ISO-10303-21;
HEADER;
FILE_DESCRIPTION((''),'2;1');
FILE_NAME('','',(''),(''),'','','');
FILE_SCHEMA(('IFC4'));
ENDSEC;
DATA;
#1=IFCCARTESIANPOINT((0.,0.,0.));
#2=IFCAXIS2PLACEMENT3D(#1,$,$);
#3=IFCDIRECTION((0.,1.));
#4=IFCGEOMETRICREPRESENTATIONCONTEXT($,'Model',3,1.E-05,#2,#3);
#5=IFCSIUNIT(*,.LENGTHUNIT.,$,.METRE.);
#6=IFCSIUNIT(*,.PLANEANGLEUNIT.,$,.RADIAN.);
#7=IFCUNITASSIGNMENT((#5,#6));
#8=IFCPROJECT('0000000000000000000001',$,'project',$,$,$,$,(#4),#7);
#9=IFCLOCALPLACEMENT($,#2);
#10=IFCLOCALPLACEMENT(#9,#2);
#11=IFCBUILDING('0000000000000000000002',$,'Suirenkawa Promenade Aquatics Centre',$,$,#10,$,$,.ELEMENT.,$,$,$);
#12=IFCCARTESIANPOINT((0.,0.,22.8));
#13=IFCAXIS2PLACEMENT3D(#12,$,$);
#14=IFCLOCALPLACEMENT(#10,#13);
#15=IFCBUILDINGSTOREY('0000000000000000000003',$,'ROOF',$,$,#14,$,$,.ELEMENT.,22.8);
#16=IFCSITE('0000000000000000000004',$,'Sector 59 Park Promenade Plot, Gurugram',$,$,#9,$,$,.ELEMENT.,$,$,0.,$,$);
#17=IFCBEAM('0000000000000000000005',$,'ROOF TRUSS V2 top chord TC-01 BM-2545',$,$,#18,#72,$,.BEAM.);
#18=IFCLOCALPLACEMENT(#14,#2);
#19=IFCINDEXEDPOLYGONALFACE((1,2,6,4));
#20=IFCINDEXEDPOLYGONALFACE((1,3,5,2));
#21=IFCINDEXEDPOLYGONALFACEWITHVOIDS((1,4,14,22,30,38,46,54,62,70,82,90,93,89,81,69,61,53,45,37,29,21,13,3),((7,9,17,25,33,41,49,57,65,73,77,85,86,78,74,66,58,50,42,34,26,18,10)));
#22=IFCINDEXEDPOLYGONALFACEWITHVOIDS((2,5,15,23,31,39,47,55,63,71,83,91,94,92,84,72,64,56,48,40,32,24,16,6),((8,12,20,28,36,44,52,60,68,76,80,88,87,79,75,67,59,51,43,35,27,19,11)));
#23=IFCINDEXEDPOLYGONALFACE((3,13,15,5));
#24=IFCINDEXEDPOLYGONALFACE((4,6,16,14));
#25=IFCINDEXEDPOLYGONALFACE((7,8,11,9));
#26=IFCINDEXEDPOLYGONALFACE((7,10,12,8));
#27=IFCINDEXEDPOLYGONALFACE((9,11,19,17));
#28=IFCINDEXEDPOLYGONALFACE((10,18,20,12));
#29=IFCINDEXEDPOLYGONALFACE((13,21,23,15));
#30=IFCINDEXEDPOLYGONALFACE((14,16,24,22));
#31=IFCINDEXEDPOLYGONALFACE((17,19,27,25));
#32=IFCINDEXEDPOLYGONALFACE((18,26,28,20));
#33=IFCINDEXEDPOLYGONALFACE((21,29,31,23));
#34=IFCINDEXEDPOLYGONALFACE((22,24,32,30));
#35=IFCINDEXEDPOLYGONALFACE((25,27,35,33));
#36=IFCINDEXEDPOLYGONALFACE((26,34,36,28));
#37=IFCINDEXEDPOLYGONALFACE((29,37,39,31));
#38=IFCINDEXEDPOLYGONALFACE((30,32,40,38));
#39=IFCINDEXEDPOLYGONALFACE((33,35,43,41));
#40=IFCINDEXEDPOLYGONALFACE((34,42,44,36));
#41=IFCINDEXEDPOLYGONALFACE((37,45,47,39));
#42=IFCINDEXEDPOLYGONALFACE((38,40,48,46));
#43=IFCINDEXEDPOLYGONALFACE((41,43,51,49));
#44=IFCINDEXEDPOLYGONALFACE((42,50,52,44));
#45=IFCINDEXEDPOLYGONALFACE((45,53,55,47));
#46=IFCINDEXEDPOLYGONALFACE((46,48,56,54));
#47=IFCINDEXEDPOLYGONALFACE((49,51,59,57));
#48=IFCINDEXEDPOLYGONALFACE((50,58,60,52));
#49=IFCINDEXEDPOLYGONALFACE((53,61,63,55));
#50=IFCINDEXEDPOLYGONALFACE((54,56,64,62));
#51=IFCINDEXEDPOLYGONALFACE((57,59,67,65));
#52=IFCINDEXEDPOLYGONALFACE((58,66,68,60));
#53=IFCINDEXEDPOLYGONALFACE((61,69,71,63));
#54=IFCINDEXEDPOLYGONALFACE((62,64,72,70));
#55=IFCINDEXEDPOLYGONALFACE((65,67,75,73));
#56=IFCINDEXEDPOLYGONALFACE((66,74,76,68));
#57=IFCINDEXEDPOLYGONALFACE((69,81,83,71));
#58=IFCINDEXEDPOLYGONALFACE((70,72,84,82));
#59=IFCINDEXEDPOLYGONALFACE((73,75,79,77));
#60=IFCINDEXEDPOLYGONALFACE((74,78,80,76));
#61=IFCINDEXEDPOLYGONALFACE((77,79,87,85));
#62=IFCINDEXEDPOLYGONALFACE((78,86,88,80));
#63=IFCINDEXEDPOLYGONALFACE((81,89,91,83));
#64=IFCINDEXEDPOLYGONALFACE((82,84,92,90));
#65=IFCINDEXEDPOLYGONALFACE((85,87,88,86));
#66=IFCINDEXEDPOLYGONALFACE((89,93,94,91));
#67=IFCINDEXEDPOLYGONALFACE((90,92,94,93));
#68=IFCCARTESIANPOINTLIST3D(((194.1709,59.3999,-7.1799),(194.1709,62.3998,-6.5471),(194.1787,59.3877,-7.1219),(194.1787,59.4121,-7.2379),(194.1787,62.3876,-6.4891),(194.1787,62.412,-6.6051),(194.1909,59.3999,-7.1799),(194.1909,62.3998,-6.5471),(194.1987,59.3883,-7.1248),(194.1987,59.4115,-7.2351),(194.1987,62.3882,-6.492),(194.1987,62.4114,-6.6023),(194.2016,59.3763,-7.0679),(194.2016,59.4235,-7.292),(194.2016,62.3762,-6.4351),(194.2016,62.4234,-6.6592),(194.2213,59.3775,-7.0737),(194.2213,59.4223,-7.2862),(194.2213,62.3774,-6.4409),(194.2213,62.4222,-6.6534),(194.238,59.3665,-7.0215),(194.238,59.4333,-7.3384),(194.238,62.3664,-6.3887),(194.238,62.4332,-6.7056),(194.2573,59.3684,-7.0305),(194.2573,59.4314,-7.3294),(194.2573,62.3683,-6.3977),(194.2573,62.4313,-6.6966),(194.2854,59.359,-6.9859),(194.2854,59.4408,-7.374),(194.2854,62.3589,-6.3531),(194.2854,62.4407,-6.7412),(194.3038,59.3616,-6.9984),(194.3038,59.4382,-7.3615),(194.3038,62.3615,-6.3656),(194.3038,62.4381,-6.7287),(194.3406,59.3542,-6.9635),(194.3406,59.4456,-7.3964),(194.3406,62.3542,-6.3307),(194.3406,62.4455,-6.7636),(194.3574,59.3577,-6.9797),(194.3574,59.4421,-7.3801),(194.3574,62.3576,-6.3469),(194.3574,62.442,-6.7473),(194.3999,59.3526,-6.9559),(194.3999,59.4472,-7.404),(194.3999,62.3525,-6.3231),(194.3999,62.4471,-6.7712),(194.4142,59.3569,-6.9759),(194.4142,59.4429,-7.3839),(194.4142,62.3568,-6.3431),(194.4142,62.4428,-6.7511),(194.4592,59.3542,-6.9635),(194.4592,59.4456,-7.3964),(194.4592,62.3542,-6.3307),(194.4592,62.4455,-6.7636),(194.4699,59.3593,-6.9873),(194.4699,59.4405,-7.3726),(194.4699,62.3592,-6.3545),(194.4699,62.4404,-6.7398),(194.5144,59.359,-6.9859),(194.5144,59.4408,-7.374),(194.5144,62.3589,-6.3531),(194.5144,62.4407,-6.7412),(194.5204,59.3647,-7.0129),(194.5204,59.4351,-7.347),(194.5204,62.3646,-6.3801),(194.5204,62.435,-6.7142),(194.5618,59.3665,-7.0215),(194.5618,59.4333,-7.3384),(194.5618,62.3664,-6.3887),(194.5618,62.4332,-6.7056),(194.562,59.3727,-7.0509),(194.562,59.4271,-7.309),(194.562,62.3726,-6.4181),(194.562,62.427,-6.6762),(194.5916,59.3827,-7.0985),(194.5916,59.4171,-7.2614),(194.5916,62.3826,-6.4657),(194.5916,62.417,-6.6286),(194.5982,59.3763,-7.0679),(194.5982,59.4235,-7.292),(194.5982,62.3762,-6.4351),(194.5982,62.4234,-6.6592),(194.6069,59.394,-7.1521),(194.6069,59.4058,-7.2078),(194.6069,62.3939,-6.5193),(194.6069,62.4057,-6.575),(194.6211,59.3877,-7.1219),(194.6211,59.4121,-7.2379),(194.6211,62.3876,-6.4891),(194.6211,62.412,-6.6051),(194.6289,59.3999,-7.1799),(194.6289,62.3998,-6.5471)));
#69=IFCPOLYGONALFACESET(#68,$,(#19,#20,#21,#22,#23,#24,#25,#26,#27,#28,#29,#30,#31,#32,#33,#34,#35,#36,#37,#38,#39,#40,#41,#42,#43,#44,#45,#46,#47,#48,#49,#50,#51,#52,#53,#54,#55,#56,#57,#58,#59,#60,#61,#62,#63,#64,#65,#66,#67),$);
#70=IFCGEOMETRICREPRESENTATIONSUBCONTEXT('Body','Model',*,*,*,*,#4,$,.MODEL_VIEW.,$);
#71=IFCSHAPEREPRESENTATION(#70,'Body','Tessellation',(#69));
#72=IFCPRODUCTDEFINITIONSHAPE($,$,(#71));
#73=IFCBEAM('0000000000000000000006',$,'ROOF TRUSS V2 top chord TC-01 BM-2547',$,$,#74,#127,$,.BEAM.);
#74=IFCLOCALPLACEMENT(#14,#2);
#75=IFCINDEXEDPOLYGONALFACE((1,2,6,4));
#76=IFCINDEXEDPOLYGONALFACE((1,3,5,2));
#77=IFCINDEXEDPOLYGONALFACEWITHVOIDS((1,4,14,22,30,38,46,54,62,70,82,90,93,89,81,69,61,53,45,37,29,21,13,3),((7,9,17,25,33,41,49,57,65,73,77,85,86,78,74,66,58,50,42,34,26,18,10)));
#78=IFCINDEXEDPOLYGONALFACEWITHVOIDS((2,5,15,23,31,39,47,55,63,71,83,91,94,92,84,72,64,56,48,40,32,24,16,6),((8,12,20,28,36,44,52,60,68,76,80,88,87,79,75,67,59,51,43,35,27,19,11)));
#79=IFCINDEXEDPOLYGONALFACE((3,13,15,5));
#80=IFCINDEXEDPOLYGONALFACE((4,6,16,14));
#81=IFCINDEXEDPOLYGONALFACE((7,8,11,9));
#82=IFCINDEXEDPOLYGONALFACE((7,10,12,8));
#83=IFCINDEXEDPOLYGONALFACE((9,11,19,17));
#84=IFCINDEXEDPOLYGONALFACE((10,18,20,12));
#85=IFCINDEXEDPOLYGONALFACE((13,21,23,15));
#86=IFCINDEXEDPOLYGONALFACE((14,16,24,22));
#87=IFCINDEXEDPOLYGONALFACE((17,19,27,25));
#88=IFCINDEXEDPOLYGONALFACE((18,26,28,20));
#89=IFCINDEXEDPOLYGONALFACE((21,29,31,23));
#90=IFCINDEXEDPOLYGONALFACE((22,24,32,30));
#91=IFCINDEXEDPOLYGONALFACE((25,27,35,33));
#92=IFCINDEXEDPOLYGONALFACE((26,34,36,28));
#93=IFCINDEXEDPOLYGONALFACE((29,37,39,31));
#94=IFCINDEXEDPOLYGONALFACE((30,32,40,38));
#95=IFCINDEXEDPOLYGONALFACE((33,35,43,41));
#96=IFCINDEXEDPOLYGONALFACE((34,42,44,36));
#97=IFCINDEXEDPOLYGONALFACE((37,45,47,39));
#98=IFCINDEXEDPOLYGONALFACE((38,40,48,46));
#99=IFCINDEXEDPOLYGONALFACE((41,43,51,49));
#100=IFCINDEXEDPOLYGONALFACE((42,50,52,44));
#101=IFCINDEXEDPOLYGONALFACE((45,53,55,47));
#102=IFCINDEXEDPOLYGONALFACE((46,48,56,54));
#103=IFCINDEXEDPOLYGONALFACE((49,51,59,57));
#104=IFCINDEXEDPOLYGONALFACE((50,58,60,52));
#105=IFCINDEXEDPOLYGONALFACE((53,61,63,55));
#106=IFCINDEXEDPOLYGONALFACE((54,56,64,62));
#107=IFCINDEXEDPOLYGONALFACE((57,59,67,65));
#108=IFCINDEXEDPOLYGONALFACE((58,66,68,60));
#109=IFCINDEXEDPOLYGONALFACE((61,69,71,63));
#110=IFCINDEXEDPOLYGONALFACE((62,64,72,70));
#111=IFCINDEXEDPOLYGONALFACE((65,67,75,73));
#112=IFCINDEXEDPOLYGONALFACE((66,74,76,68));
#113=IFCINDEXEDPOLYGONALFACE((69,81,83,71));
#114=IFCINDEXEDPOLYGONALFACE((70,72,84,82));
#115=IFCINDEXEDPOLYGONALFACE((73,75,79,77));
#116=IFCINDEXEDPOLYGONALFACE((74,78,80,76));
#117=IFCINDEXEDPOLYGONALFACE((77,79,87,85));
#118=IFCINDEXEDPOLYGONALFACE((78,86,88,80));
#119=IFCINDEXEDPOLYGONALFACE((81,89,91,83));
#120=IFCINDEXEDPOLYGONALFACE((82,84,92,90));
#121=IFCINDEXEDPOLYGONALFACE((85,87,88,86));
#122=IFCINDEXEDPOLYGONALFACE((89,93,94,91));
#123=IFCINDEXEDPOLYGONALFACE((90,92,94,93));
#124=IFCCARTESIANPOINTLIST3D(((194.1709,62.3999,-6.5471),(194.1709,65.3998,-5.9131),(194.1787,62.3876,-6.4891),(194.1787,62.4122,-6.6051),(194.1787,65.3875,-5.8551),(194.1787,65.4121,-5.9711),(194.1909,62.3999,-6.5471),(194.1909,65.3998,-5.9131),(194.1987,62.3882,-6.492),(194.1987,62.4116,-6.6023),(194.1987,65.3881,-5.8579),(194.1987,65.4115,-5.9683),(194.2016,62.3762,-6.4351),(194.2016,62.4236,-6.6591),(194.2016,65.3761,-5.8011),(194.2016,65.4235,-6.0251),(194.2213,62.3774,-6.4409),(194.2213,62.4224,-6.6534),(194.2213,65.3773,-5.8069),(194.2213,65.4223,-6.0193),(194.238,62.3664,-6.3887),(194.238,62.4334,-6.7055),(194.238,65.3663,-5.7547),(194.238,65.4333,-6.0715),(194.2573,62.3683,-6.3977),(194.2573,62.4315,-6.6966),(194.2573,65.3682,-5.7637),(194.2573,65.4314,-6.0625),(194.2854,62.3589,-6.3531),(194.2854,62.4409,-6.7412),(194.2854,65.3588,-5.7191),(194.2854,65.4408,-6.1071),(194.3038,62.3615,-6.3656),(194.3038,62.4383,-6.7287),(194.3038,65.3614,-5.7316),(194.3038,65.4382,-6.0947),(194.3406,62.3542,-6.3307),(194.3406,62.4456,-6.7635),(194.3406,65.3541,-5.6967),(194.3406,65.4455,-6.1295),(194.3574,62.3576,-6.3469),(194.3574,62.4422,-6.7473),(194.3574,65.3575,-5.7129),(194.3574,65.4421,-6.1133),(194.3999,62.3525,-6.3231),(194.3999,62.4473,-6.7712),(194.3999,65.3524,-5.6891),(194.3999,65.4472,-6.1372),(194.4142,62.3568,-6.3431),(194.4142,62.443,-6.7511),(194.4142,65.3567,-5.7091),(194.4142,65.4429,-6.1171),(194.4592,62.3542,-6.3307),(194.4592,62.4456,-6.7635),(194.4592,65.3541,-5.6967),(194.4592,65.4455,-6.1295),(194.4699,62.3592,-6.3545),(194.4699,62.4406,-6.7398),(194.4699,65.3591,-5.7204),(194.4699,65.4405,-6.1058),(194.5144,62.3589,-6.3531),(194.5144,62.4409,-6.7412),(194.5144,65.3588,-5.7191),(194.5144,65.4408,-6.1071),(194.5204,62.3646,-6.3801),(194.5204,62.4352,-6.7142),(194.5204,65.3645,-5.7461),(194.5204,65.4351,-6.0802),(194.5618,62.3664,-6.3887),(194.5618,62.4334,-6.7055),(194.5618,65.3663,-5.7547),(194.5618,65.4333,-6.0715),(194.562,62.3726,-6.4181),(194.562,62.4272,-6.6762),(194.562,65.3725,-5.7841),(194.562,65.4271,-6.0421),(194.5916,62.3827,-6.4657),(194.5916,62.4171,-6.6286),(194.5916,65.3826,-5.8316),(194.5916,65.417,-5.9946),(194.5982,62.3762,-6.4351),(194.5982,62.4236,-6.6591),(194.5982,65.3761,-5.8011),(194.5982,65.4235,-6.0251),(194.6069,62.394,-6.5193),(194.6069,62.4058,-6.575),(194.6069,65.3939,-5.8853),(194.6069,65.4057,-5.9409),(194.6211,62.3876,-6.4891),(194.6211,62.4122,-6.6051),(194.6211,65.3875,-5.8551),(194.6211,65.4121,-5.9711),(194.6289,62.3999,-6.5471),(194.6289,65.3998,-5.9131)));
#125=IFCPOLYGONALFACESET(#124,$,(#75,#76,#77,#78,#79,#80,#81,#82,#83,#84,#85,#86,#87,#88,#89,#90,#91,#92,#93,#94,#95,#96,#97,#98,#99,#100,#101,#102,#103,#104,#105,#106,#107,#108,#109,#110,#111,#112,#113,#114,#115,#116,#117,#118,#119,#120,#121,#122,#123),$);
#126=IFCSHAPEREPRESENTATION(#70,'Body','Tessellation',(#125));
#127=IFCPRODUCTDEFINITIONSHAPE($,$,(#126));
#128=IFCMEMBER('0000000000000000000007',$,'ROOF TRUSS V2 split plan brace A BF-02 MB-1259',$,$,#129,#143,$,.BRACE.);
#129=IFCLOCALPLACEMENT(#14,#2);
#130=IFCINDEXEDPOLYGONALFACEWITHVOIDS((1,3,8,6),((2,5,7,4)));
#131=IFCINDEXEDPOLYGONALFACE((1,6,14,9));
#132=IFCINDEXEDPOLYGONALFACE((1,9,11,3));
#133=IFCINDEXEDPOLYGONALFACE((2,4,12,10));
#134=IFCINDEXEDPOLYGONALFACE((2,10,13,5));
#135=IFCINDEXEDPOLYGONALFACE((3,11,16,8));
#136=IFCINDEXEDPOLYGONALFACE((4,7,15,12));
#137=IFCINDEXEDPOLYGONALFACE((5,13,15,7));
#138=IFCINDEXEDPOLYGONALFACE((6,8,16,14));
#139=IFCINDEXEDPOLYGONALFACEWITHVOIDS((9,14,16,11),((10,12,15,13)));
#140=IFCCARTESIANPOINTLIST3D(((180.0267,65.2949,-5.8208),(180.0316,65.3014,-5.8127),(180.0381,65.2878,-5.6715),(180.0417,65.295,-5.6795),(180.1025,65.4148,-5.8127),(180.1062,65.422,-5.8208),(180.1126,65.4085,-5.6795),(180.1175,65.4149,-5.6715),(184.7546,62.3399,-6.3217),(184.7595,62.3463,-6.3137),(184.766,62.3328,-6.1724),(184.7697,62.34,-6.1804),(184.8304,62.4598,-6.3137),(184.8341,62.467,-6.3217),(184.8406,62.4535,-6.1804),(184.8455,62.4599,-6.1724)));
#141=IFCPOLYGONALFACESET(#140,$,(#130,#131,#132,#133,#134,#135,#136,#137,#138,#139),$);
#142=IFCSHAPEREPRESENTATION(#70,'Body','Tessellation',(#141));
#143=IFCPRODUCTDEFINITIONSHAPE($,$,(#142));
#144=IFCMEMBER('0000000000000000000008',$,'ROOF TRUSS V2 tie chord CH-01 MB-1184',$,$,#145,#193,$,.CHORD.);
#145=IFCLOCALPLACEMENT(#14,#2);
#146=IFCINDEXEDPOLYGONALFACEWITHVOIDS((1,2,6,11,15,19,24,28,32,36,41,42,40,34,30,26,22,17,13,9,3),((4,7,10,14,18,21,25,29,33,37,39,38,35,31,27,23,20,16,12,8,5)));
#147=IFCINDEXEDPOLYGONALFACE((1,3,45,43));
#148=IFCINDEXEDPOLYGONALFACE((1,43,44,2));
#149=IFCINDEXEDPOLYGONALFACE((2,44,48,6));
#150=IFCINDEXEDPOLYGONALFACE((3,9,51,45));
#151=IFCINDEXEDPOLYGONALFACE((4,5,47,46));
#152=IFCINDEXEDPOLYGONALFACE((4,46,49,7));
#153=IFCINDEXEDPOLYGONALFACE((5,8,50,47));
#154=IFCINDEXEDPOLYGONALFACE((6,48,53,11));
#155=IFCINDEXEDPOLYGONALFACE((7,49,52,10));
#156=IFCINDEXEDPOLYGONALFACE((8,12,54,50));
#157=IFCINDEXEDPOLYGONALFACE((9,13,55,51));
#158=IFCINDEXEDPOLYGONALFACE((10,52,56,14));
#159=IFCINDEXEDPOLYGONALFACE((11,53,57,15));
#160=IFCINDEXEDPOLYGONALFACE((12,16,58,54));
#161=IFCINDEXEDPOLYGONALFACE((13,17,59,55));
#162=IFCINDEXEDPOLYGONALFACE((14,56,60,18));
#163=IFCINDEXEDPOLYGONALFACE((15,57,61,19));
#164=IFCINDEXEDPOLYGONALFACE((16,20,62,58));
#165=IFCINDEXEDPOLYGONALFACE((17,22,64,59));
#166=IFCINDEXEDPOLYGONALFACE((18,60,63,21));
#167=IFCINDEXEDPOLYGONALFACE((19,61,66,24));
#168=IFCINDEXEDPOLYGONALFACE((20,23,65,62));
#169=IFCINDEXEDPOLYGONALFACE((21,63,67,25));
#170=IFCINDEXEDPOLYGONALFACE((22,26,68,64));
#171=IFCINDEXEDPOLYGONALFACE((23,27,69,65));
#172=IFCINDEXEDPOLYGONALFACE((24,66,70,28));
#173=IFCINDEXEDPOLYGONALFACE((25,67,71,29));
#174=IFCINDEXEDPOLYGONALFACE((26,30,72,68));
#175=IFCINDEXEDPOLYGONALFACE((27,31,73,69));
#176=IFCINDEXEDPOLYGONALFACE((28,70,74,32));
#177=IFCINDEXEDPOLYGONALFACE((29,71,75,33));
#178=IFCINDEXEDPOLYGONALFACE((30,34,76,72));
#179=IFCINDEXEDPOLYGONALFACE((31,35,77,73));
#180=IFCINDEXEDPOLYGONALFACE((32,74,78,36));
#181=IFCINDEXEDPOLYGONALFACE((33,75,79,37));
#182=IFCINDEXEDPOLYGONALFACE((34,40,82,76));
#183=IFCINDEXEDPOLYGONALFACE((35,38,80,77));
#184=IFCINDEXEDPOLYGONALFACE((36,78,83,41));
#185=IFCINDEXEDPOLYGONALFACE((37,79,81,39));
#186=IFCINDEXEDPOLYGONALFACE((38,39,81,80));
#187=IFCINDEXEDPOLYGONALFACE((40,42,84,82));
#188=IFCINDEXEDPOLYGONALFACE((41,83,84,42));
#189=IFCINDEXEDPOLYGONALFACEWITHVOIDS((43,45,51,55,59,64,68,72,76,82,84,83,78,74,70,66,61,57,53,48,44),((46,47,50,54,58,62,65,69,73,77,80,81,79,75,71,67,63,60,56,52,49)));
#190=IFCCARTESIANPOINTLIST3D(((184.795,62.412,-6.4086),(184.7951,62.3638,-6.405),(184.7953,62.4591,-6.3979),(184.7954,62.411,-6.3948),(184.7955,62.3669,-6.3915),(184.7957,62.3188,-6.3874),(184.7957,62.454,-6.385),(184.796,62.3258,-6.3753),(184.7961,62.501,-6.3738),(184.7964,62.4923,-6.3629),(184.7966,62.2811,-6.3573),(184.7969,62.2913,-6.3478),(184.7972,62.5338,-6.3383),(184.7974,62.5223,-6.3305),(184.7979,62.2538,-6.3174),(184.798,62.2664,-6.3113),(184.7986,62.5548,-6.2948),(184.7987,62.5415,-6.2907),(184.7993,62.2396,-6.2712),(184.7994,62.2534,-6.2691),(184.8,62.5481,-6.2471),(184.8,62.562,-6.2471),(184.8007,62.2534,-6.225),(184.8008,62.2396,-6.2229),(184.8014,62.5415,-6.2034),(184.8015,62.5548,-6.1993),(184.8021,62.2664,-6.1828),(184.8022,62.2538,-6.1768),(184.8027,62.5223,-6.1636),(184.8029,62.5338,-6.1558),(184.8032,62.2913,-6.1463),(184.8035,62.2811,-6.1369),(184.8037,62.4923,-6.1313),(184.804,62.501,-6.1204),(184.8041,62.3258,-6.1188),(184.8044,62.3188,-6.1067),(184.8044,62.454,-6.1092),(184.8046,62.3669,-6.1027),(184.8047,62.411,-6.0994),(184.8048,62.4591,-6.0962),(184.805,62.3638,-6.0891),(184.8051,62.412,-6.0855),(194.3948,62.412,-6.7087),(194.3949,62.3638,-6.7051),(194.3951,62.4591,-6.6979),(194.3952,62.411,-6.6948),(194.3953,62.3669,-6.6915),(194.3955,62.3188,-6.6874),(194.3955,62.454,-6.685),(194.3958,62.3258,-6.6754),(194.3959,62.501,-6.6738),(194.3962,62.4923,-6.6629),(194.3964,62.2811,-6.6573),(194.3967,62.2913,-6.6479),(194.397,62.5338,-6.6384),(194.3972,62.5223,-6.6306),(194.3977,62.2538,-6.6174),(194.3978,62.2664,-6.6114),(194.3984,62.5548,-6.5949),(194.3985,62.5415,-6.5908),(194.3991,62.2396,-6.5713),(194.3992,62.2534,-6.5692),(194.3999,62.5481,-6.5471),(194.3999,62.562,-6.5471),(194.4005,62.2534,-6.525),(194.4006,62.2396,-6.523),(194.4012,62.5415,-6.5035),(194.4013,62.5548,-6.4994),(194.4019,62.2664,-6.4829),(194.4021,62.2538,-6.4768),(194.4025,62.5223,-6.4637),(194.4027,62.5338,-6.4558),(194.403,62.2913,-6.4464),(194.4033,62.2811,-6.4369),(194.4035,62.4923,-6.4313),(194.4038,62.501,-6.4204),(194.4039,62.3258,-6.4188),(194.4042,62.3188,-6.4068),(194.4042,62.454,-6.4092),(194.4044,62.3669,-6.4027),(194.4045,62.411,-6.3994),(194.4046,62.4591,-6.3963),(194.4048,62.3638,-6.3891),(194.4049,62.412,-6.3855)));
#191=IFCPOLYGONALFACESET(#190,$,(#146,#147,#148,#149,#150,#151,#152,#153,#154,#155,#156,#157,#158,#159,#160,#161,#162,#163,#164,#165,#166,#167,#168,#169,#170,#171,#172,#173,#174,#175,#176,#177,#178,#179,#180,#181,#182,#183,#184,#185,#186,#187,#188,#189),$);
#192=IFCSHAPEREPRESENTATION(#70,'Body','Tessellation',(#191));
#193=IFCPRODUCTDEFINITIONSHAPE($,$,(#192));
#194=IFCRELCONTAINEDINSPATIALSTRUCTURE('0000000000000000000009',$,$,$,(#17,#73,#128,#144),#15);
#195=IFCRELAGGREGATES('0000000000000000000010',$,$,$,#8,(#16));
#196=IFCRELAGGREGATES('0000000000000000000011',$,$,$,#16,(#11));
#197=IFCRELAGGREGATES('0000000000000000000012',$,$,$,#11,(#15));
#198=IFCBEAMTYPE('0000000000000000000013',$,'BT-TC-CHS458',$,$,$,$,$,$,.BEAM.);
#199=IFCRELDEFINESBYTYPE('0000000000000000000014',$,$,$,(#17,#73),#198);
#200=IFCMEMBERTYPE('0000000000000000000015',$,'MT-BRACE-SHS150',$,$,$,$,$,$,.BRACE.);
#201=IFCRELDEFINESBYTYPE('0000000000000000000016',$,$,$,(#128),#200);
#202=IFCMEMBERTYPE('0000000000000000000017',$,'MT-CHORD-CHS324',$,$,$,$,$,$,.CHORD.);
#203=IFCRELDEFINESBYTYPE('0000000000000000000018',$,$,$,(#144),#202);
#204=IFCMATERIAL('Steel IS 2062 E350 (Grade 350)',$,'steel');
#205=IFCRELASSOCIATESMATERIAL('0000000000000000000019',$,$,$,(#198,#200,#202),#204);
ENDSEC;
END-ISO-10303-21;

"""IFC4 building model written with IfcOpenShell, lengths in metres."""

from ifc_helpers import new_model, si_unit, direction, frame, origin, origin_2d, place, context, subcontext, project, spatial, hollow_rectangle, hollow_circle, extrude, material, material_profile, profile_set, type_object, element, save


model = new_model("IFC4")

# Units and contexts
model_context = context("Model", 3, precision=1e-05, world=origin(), true_north=direction((0.0, 1.0)))
body_context = subcontext(model_context, "Body", "Model", "MODEL_VIEW")
ifc_project = project(units=[si_unit("LENGTHUNIT", "METRE"), si_unit("PLANEANGLEUNIT", "RADIAN")], contexts=[model_context])

# Site, building, storey
site_placement = place(None, origin())
site = spatial("IfcSite", under=ifc_project, at=site_placement, Name="Sector 59 Park Promenade Plot, Gurugram", CompositionType="ELEMENT", RefElevation=0.0)
building_placement = place(site_placement, origin())
building = spatial("IfcBuilding", under=site, at=building_placement, Name="Suirenkawa Promenade Aquatics Centre", CompositionType="ELEMENT")
storey_placement = place(building_placement, frame((0.0, 0.0, 22.8)))
storey = spatial("IfcBuildingStorey", under=building, at=storey_placement, Name="ROOF", CompositionType="ELEMENT", Elevation=22.8)

# Beams
ifc_material = material(Name="Steel IS 2062 E350 (Grade 350)", Category="steel")
ifc_material_profile_1 = material_profile(ifc_material, hollow_circle(Radius=0.229, WallThickness=0.02, at=origin_2d()), Name="CHS 458x20", Category="steel")
ifc_profile_set_1 = profile_set([ifc_material_profile_1], Name="Steel IS 2062 E350 (Grade 350)")
beam_type_1 = type_object("IfcBeamType", Name="BT-TC-CHS458", PredefinedType="BEAM", material=ifc_profile_set_1)
beam_1_placement = place(storey_placement, frame((194.3999, 59.3999, -7.1799), z_axis=(0.0, 0.978469, 0.206396), x_axis=(-1.0, 0.0, 0.0)))
element("IfcBeam", 1, at=beam_1_placement, inside=storey, type_object=beam_type_1, Name="ROOF TRUSS V2 top chord TC-01 BM-2545", PredefinedType="BEAM", context=body_context, shape_type="SweptSolid", body=[
    extrude(hollow_circle(Radius=0.229, WallThickness=0.02, at=origin_2d()), origin(), (0.0, 0.0, 1.0), 3.0659),
])
beam_2_placement = place(storey_placement, frame((194.3999, 62.3999, -6.5471), z_axis=(0.0, 0.978388, 0.206777), x_axis=(-1.0, 0.0, 0.0)))
element("IfcBeam", 2, at=beam_2_placement, inside=storey, type_object=beam_type_1, Name="ROOF TRUSS V2 top chord TC-01 BM-2547", PredefinedType="BEAM", context=body_context, shape_type="SweptSolid", body=[
    extrude(hollow_circle(Radius=0.229, WallThickness=0.02, at=origin_2d()), origin(), (0.0, 0.0, 1.0), 3.0662),
])

# Members
ifc_material_profile_2 = material_profile(ifc_material, hollow_rectangle(XDim=0.1499, YDim=0.1499, WallThickness=0.0081, at=origin_2d()), Name="SHS 150x150x8", Category="steel")
ifc_profile_set_2 = profile_set([ifc_material_profile_2], Name="Steel IS 2062 E350 (Grade 350)")
member_type_1 = type_object("IfcMemberType", Name="MT-BRACE-SHS150", PredefinedType="BRACE", material=ifc_profile_set_2)
member_1_placement = place(storey_placement, frame((184.8, 62.3999, -6.2471), z_axis=(-0.844591, 0.52788, 0.089492), x_axis=(-0.530007, -0.847993, 0.0)))
element("IfcMember", 3, at=member_1_placement, inside=storey, type_object=member_type_1, Name="ROOF TRUSS V2 split plan brace A BF-02 MB-1259", PredefinedType="BRACE", context=body_context, shape_type="SweptSolid", body=[
    extrude(hollow_rectangle(XDim=0.1499, YDim=0.1499, WallThickness=0.0081, at=origin_2d()), origin(), (0.0, 0.0, 1.0), 5.5979),
])
ifc_material_profile_3 = material_profile(ifc_material, hollow_circle(Radius=0.1621, WallThickness=0.0139, at=origin_2d()), Name="CHS 324x14", Category="steel")
ifc_profile_set_3 = profile_set([ifc_material_profile_3], Name="Steel IS 2062 E350 (Grade 350)")
member_type_2 = type_object("IfcMemberType", Name="MT-CHORD-CHS324", PredefinedType="CHORD", material=ifc_profile_set_3)
member_2_placement = place(storey_placement, frame((184.8, 62.3999, -6.2471), z_axis=(0.999512, 0.0, -0.03124), x_axis=(0.0, 1.0, 0.0)))
element("IfcMember", 4, at=member_2_placement, inside=storey, type_object=member_type_2, Name="ROOF TRUSS V2 tie chord CH-01 MB-1184", PredefinedType="CHORD", context=body_context, shape_type="SweptSolid", body=[
    extrude(hollow_circle(Radius=0.1621, WallThickness=0.0139, at=origin_2d()), origin(), (0.0, 0.0, 1.0), 9.6045),
])

save(model, "model.ifc")
